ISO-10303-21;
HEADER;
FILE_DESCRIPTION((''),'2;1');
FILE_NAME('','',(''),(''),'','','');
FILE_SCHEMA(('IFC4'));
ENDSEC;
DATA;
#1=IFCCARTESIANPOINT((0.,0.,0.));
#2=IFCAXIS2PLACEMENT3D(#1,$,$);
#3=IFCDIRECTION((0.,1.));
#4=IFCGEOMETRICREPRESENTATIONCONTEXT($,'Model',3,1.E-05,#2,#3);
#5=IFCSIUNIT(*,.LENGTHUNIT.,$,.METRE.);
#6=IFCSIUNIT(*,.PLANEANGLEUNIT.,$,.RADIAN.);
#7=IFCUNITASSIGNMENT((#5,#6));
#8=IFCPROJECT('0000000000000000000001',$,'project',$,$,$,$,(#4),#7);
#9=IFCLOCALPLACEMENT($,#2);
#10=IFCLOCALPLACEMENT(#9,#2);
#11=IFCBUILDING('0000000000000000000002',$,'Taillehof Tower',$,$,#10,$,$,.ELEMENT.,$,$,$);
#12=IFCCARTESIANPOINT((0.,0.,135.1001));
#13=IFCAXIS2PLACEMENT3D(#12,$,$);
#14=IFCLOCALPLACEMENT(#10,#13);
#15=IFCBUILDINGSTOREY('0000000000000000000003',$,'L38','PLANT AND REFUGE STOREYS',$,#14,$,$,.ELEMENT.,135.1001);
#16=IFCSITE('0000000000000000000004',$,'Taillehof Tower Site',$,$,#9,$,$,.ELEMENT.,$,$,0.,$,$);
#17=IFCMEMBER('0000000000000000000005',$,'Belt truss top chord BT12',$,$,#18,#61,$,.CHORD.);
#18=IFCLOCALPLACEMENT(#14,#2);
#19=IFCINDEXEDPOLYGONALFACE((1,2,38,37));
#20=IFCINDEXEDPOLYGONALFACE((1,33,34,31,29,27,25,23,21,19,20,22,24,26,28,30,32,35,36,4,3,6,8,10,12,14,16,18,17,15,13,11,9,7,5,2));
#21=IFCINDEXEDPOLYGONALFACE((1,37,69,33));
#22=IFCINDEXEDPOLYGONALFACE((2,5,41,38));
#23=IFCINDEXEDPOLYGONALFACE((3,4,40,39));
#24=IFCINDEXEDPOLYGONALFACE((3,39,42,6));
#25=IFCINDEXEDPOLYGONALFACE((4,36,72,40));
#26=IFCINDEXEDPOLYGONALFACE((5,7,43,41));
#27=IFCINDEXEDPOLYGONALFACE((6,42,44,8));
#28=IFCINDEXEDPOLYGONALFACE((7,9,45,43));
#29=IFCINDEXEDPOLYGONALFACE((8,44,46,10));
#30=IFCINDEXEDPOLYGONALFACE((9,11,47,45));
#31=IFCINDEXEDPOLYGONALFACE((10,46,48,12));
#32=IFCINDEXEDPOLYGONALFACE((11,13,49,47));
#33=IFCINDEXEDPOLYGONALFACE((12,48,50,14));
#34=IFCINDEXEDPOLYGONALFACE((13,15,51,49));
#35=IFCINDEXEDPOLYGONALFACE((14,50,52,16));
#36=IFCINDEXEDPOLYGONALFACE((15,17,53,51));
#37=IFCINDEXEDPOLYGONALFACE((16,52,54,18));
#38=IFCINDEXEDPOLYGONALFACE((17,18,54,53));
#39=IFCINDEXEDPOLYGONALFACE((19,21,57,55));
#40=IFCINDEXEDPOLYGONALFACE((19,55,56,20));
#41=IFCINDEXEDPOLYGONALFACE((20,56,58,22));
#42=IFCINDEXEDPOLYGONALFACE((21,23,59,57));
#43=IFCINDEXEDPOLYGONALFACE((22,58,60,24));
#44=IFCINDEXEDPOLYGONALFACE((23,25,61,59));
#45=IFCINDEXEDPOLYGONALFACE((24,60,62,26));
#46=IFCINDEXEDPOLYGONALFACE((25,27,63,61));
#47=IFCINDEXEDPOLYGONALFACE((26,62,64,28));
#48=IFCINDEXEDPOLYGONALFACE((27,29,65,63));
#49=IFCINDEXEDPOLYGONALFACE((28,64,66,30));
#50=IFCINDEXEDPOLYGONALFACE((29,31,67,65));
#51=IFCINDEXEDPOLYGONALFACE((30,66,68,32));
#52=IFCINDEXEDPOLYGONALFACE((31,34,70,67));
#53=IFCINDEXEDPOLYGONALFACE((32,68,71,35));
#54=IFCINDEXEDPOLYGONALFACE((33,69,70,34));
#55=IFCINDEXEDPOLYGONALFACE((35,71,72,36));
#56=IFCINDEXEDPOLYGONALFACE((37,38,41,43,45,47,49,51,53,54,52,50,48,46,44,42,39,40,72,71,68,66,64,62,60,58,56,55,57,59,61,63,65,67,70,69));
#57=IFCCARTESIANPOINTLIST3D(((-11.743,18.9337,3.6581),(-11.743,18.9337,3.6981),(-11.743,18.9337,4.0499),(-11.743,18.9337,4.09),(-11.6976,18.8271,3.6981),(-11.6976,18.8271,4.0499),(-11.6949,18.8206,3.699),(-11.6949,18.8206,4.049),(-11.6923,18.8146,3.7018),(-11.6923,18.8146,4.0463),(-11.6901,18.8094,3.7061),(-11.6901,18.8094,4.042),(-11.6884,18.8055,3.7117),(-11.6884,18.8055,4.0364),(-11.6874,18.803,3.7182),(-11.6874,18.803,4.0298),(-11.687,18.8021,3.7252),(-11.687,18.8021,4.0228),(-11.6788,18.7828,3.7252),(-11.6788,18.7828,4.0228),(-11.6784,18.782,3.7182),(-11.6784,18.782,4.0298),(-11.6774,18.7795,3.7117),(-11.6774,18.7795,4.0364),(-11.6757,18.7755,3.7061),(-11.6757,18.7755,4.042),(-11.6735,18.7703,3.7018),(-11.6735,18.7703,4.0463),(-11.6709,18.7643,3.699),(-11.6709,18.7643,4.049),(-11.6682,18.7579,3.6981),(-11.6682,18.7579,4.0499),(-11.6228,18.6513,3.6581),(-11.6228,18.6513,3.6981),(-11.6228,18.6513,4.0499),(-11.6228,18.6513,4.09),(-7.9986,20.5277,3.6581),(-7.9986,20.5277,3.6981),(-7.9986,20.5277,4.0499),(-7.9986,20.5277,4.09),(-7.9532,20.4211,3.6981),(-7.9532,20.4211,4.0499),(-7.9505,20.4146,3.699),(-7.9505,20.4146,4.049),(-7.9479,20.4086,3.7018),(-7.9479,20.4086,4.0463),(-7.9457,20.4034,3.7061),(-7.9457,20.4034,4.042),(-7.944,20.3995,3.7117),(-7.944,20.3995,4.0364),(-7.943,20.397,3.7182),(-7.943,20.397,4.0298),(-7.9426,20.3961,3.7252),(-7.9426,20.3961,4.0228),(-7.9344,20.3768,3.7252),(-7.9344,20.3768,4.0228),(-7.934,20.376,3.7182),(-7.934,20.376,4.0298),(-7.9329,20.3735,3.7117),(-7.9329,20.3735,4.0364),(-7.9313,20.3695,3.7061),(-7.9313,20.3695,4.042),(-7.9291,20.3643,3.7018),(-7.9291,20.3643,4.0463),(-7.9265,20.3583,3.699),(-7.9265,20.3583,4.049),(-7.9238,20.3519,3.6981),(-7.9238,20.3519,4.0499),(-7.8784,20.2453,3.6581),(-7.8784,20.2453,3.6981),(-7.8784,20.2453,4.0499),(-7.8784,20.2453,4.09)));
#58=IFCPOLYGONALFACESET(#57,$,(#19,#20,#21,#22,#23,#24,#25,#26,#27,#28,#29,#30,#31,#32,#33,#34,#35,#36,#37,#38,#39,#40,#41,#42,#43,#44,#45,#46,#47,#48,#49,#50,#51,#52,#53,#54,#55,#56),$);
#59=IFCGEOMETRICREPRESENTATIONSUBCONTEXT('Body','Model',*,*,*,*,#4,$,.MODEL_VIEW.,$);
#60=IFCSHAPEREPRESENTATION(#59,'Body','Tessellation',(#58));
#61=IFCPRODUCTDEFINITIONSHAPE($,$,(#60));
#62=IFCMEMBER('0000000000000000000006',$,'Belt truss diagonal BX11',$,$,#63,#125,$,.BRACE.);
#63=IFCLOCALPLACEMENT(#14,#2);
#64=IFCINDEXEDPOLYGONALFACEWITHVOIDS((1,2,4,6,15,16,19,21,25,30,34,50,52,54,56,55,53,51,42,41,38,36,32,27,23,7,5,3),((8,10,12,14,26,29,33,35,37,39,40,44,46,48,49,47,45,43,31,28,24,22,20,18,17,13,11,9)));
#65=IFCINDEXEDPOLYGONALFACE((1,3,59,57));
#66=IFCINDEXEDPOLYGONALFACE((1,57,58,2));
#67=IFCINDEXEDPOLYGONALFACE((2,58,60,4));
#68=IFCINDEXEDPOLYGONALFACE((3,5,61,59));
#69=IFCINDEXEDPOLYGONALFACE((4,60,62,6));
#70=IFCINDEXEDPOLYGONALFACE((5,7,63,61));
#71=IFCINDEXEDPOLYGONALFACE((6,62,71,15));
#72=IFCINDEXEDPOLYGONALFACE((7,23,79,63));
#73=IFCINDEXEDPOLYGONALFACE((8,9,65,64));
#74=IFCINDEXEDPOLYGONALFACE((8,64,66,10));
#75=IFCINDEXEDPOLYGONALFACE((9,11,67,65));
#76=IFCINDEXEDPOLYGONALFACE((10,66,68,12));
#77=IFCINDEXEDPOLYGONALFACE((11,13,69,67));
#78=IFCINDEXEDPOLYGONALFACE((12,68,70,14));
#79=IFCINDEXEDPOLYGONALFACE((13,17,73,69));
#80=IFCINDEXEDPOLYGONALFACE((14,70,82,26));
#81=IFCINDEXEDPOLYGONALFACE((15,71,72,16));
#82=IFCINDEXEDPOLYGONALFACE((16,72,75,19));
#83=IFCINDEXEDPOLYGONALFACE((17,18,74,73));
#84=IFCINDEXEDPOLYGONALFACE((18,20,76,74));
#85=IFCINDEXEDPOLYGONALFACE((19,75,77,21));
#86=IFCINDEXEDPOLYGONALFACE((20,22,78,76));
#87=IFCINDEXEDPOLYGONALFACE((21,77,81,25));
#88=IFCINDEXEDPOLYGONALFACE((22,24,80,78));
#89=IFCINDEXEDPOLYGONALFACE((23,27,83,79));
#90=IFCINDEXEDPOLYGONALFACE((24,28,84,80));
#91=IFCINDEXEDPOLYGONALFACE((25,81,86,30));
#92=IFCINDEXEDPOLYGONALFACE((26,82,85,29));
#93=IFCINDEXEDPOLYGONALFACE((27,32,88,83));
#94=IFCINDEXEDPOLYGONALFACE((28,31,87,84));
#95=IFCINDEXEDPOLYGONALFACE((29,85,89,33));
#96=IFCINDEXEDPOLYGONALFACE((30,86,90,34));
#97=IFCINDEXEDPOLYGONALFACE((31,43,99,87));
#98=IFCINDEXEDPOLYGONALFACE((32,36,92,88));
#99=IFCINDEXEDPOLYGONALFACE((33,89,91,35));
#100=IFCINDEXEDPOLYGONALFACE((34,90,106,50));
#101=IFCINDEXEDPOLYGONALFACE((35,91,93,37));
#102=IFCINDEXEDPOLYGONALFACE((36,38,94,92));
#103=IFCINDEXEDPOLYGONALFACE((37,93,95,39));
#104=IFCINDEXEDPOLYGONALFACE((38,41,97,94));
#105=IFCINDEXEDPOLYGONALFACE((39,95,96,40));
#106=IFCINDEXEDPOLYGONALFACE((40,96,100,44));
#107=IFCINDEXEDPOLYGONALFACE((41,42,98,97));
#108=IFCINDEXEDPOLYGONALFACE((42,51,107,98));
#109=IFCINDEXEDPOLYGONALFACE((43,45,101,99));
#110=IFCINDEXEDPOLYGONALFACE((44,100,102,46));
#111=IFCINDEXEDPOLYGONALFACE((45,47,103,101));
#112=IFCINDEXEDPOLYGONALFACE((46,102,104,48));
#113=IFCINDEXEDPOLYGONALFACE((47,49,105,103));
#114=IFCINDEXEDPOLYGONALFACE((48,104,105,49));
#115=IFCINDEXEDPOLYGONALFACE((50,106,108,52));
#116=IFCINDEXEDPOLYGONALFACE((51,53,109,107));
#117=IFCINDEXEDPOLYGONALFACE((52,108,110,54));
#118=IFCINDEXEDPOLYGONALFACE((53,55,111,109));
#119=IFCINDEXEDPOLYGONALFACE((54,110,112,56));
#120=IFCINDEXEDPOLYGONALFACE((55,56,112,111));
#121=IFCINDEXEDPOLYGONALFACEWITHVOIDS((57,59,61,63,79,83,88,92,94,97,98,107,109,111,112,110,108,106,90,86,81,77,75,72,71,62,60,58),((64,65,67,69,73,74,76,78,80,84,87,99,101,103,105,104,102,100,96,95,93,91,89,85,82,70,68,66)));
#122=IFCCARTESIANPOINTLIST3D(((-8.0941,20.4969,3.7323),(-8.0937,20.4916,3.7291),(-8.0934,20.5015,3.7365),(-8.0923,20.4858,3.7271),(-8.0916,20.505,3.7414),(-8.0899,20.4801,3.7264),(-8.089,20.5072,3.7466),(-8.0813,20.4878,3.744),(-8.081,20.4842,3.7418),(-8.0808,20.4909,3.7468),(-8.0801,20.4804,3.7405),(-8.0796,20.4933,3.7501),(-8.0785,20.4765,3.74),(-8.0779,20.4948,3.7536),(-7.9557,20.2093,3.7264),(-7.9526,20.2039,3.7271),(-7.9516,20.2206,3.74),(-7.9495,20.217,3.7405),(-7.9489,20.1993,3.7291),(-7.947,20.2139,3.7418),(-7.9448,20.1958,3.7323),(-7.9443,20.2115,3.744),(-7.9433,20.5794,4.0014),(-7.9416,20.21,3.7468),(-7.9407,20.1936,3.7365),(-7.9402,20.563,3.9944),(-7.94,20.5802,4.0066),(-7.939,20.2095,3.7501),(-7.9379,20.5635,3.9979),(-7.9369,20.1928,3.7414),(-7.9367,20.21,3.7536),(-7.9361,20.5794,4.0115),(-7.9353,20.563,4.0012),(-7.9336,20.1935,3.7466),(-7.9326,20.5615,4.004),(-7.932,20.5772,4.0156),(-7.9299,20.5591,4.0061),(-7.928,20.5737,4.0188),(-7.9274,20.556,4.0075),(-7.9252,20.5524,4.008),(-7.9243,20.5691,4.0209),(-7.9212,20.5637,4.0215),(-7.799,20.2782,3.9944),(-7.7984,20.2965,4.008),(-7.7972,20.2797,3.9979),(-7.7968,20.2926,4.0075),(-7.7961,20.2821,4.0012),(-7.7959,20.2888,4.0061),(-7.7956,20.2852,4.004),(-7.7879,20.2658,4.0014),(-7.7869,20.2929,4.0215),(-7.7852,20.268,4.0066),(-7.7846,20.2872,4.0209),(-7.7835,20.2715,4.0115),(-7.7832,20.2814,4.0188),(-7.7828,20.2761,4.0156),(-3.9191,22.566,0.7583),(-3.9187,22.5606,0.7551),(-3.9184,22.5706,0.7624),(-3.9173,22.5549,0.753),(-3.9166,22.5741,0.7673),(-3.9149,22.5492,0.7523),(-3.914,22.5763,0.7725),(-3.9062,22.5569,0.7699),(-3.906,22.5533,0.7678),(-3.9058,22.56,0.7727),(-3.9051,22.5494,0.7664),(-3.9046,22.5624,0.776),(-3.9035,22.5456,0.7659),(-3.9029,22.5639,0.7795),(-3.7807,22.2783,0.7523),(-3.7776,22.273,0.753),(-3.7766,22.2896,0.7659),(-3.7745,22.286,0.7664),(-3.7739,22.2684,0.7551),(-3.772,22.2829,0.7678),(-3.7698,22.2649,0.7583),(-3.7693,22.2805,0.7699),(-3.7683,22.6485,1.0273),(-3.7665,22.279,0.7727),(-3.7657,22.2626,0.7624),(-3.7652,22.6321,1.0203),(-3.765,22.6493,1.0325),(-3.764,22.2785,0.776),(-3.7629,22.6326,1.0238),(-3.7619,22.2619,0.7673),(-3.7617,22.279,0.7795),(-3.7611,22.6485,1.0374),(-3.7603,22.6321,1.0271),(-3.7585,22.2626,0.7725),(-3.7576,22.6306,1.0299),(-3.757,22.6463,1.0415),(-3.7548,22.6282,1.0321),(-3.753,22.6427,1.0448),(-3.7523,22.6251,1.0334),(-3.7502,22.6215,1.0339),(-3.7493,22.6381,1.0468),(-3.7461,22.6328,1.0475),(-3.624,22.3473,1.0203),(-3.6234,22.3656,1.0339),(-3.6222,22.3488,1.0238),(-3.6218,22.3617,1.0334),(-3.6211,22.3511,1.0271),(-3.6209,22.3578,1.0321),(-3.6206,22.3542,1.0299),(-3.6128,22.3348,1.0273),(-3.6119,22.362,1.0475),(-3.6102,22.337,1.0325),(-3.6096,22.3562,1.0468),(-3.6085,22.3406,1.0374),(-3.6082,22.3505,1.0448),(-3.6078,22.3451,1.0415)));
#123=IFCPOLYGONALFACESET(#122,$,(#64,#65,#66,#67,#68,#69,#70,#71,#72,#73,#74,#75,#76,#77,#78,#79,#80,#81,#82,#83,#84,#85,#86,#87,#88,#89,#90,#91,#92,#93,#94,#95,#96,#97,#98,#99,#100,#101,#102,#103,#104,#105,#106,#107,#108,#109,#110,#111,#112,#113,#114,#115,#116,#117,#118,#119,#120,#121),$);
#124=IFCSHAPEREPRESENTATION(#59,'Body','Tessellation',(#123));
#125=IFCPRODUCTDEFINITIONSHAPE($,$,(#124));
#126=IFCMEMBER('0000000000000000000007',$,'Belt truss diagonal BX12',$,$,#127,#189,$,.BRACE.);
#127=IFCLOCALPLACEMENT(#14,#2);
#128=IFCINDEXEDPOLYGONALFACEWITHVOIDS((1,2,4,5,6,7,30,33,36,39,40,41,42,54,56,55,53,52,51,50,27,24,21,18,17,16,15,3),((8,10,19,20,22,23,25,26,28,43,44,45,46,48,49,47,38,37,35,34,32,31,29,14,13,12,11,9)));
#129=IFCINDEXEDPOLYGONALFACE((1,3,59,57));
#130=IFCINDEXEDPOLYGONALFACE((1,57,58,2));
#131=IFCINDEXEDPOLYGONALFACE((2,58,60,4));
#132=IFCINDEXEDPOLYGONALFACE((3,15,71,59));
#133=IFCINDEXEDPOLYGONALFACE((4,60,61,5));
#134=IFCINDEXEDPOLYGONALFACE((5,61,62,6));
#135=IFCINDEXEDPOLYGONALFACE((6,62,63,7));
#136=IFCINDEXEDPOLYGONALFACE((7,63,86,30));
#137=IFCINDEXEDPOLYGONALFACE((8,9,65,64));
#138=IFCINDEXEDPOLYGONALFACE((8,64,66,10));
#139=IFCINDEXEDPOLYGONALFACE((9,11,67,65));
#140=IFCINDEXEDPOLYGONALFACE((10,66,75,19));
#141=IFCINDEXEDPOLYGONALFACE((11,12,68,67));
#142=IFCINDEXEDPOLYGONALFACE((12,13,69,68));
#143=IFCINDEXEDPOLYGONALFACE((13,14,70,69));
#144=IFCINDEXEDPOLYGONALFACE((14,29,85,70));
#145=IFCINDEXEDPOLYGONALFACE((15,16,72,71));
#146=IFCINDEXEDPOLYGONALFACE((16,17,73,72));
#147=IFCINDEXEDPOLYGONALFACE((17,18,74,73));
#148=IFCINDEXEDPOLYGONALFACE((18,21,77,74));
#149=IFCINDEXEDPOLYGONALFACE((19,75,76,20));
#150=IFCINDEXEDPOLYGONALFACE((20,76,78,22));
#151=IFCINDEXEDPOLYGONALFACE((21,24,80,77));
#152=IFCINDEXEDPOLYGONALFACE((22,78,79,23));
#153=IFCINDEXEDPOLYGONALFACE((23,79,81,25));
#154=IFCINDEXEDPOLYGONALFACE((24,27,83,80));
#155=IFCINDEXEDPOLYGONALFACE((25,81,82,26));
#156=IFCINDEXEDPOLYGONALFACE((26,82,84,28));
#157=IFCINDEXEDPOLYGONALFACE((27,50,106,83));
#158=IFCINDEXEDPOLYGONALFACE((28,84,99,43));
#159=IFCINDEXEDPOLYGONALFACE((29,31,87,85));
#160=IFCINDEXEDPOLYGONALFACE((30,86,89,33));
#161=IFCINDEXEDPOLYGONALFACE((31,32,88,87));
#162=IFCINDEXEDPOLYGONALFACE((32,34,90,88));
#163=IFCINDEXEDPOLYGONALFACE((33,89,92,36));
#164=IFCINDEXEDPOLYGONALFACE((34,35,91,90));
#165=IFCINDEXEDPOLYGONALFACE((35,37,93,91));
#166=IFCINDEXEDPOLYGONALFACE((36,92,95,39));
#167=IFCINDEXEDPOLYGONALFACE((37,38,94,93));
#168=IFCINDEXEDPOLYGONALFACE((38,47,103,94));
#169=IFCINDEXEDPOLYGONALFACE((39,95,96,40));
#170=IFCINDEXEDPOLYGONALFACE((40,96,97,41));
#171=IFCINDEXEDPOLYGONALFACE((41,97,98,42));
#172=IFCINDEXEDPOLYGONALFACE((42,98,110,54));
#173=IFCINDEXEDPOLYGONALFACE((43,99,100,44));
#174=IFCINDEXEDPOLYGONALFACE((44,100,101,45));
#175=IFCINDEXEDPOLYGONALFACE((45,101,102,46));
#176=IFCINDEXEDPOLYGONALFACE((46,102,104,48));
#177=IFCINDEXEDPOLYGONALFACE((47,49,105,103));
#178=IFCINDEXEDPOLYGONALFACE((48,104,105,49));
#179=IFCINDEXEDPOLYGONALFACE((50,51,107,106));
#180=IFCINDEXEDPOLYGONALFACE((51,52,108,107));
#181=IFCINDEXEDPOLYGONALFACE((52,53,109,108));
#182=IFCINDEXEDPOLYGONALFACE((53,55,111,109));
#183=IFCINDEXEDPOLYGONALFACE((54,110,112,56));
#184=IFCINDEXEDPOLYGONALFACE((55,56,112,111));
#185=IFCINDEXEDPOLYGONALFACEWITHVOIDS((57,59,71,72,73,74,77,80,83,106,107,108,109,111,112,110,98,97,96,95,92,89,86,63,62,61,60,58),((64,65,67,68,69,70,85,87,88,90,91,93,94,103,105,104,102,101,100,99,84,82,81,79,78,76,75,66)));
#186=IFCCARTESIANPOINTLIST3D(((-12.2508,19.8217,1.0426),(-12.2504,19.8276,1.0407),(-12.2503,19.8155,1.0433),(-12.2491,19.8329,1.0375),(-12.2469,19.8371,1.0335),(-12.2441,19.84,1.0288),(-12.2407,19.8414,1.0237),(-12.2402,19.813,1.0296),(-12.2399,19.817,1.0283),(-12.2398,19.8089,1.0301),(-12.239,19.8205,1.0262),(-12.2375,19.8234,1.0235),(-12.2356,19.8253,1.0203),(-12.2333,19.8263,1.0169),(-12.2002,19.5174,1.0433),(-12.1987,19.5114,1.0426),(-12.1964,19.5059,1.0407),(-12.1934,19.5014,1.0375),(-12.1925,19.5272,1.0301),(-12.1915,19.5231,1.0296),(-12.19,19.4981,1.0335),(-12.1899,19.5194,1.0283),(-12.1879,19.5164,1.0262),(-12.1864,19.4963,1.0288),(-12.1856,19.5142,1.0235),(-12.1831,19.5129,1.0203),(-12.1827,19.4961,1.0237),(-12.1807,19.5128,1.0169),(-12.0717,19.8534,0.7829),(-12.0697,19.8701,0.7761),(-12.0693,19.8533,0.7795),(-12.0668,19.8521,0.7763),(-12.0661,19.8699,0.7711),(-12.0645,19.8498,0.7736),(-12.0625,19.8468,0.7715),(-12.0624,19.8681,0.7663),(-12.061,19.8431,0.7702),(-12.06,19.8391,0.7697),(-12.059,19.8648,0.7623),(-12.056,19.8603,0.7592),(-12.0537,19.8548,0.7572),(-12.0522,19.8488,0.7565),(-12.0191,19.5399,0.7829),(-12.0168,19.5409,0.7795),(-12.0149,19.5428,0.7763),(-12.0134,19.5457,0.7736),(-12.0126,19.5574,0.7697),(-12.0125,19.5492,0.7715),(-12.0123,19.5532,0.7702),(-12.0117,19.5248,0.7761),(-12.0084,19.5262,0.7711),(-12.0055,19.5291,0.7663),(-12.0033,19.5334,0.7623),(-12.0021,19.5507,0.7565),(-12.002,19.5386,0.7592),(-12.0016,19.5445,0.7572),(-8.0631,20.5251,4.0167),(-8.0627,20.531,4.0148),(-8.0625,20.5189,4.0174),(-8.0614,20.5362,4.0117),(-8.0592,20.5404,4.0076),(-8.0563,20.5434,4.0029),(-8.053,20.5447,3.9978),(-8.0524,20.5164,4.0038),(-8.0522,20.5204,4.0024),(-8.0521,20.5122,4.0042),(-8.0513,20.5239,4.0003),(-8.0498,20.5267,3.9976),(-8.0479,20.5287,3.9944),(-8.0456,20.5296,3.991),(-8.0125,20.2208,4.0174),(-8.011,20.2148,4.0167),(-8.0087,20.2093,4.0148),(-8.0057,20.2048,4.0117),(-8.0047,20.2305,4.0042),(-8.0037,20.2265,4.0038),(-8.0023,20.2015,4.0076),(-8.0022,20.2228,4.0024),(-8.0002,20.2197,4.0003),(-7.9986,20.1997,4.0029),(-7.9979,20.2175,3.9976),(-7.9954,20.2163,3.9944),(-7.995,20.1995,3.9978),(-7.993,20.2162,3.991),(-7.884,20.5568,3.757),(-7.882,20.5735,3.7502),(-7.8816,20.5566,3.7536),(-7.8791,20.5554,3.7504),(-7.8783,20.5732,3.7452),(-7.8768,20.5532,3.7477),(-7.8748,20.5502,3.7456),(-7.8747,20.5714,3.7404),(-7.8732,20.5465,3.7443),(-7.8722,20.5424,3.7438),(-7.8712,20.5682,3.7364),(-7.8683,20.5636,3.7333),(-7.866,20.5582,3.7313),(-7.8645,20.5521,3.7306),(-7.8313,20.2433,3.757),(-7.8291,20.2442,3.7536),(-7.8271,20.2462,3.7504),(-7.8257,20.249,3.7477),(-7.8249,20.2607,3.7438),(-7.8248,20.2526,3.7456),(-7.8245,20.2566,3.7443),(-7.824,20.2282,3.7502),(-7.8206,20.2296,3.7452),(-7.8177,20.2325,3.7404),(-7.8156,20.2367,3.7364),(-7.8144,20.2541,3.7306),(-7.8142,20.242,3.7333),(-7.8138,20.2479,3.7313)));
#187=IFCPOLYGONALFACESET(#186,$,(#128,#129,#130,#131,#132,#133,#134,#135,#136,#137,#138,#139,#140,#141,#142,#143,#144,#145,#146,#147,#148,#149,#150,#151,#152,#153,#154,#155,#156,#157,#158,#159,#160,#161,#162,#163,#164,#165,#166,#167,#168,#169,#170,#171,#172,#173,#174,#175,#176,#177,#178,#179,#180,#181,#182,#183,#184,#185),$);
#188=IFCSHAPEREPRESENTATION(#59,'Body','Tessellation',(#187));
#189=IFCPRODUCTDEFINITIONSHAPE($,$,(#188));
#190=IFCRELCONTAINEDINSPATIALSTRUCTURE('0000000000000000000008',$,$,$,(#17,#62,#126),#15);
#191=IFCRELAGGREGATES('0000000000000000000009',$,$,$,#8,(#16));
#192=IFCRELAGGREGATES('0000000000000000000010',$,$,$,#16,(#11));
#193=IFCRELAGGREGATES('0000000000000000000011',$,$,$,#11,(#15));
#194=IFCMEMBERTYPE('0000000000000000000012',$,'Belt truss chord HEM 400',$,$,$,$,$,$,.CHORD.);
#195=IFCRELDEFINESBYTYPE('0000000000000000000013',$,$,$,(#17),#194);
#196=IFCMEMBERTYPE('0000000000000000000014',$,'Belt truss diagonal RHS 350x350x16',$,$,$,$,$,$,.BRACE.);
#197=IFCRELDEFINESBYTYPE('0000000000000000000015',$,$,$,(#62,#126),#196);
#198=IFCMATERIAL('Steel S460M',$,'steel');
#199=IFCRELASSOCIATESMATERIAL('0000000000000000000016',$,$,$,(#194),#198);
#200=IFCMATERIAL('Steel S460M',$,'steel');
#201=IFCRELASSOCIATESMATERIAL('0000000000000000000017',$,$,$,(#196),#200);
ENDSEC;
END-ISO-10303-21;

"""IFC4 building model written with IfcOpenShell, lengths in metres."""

from ifc_helpers import new_model, si_unit, direction, frame, origin, origin_2d, place, context, subcontext, project, spatial, hollow_rectangle, i_section, extrude, material, material_profile, profile_set, type_object, element, save


model = new_model("IFC4")

# Units and contexts
model_context = context("Model", 3, precision=1e-05, world=origin(), true_north=direction((0.0, 1.0)))
body_context = subcontext(model_context, "Body", "Model", "MODEL_VIEW")
ifc_project = project(units=[si_unit("LENGTHUNIT", "METRE"), si_unit("PLANEANGLEUNIT", "RADIAN")], contexts=[model_context])

# Site, building, storey
site_placement = place(None, origin())
site = spatial("IfcSite", under=ifc_project, at=site_placement, Name="Taillehof Tower Site", CompositionType="ELEMENT", RefElevation=0.0)
building_placement = place(site_placement, origin())
building = spatial("IfcBuilding", under=site, at=building_placement, Name="Taillehof Tower", CompositionType="ELEMENT")
storey_placement = place(building_placement, frame((0.0, 0.0, 135.1001)))
storey = spatial("IfcBuildingStorey", under=building, at=storey_placement, Name="L38", Description="PLANT AND REFUGE STOREYS", CompositionType="ELEMENT", Elevation=135.1001)

# Members
ifc_material_1 = material(Name="Steel S460M", Category="steel")
ifc_material_profile_1 = material_profile(ifc_material_1, i_section(OverallWidth=0.3069, OverallDepth=0.4319, WebThickness=0.021, FlangeThickness=0.04, FilletRadius=0.0271, at=origin_2d()), Name="HEM 400")
ifc_profile_set_1 = profile_set([ifc_material_profile_1], Name="Steel S460M")
member_type_1 = type_object("IfcMemberType", Name="Belt truss chord HEM 400", PredefinedType="CHORD", material=ifc_profile_set_1)
member_1_placement = place(storey_placement, frame((-7.9385, 20.3865, 3.874), z_axis=(-0.920098, -0.391688, 0.0), x_axis=(0.391688, -0.920098, 0.0)))
element("IfcMember", 1, at=member_1_placement, inside=storey, type_object=member_type_1, Name="Belt truss top chord BT12", PredefinedType="CHORD", context=body_context, shape_type="SweptSolid", body=[
    extrude(i_section(OverallWidth=0.3069, OverallDepth=0.4319, WebThickness=0.021, FlangeThickness=0.04, FilletRadius=0.0271, at=origin_2d()), origin(), (0.0, 0.0, 1.0), 4.0696),
])
ifc_material_2 = material(Name="Steel S460M", Category="steel")
ifc_material_profile_2 = material_profile(ifc_material_2, hollow_rectangle(XDim=0.3501, YDim=0.3501, WallThickness=0.0161, InnerFilletRadius=0.0161, OuterFilletRadius=0.0239, at=origin_2d()), Name="RHS 350x350x16")
ifc_profile_set_2 = profile_set([ifc_material_profile_2], Name="Steel S460M")
member_type_2 = type_object("IfcMemberType", Name="Belt truss diagonal RHS 350x350x16", PredefinedType="BRACE", material=ifc_profile_set_2)
member_2_placement = place(storey_placement, frame((-3.7634, 22.4556, 0.8999), z_axis=(-0.75527, -0.3743, 0.538021), x_axis=(0.444046, -0.896004, 0.0)))
element("IfcMember", 2, at=member_2_placement, inside=storey, type_object=member_type_2, Name="Belt truss diagonal BX11", PredefinedType="BRACE", context=body_context, shape_type="SweptSolid", body=[
    extrude(hollow_rectangle(XDim=0.3501, YDim=0.3501, WallThickness=0.0161, InnerFilletRadius=0.0161, OuterFilletRadius=0.0239, at=origin_2d()), origin(), (0.0, 0.0, 1.0), 5.5278),
])
member_3_placement = place(storey_placement, frame((-7.9385, 20.3865, 3.874), z_axis=(-0.807769, -0.135672, -0.573675), x_axis=(0.165639, -0.986186, 0.0)))
element("IfcMember", 3, at=member_3_placement, inside=storey, type_object=member_type_2, Name="Belt truss diagonal BX12", PredefinedType="BRACE", context=body_context, shape_type="SweptSolid", body=[
    extrude(hollow_rectangle(XDim=0.3501, YDim=0.3501, WallThickness=0.0161, InnerFilletRadius=0.0161, OuterFilletRadius=0.0239, at=origin_2d()), origin(), (0.0, 0.0, 1.0), 5.1843),
])

save(model, "model.ifc")
